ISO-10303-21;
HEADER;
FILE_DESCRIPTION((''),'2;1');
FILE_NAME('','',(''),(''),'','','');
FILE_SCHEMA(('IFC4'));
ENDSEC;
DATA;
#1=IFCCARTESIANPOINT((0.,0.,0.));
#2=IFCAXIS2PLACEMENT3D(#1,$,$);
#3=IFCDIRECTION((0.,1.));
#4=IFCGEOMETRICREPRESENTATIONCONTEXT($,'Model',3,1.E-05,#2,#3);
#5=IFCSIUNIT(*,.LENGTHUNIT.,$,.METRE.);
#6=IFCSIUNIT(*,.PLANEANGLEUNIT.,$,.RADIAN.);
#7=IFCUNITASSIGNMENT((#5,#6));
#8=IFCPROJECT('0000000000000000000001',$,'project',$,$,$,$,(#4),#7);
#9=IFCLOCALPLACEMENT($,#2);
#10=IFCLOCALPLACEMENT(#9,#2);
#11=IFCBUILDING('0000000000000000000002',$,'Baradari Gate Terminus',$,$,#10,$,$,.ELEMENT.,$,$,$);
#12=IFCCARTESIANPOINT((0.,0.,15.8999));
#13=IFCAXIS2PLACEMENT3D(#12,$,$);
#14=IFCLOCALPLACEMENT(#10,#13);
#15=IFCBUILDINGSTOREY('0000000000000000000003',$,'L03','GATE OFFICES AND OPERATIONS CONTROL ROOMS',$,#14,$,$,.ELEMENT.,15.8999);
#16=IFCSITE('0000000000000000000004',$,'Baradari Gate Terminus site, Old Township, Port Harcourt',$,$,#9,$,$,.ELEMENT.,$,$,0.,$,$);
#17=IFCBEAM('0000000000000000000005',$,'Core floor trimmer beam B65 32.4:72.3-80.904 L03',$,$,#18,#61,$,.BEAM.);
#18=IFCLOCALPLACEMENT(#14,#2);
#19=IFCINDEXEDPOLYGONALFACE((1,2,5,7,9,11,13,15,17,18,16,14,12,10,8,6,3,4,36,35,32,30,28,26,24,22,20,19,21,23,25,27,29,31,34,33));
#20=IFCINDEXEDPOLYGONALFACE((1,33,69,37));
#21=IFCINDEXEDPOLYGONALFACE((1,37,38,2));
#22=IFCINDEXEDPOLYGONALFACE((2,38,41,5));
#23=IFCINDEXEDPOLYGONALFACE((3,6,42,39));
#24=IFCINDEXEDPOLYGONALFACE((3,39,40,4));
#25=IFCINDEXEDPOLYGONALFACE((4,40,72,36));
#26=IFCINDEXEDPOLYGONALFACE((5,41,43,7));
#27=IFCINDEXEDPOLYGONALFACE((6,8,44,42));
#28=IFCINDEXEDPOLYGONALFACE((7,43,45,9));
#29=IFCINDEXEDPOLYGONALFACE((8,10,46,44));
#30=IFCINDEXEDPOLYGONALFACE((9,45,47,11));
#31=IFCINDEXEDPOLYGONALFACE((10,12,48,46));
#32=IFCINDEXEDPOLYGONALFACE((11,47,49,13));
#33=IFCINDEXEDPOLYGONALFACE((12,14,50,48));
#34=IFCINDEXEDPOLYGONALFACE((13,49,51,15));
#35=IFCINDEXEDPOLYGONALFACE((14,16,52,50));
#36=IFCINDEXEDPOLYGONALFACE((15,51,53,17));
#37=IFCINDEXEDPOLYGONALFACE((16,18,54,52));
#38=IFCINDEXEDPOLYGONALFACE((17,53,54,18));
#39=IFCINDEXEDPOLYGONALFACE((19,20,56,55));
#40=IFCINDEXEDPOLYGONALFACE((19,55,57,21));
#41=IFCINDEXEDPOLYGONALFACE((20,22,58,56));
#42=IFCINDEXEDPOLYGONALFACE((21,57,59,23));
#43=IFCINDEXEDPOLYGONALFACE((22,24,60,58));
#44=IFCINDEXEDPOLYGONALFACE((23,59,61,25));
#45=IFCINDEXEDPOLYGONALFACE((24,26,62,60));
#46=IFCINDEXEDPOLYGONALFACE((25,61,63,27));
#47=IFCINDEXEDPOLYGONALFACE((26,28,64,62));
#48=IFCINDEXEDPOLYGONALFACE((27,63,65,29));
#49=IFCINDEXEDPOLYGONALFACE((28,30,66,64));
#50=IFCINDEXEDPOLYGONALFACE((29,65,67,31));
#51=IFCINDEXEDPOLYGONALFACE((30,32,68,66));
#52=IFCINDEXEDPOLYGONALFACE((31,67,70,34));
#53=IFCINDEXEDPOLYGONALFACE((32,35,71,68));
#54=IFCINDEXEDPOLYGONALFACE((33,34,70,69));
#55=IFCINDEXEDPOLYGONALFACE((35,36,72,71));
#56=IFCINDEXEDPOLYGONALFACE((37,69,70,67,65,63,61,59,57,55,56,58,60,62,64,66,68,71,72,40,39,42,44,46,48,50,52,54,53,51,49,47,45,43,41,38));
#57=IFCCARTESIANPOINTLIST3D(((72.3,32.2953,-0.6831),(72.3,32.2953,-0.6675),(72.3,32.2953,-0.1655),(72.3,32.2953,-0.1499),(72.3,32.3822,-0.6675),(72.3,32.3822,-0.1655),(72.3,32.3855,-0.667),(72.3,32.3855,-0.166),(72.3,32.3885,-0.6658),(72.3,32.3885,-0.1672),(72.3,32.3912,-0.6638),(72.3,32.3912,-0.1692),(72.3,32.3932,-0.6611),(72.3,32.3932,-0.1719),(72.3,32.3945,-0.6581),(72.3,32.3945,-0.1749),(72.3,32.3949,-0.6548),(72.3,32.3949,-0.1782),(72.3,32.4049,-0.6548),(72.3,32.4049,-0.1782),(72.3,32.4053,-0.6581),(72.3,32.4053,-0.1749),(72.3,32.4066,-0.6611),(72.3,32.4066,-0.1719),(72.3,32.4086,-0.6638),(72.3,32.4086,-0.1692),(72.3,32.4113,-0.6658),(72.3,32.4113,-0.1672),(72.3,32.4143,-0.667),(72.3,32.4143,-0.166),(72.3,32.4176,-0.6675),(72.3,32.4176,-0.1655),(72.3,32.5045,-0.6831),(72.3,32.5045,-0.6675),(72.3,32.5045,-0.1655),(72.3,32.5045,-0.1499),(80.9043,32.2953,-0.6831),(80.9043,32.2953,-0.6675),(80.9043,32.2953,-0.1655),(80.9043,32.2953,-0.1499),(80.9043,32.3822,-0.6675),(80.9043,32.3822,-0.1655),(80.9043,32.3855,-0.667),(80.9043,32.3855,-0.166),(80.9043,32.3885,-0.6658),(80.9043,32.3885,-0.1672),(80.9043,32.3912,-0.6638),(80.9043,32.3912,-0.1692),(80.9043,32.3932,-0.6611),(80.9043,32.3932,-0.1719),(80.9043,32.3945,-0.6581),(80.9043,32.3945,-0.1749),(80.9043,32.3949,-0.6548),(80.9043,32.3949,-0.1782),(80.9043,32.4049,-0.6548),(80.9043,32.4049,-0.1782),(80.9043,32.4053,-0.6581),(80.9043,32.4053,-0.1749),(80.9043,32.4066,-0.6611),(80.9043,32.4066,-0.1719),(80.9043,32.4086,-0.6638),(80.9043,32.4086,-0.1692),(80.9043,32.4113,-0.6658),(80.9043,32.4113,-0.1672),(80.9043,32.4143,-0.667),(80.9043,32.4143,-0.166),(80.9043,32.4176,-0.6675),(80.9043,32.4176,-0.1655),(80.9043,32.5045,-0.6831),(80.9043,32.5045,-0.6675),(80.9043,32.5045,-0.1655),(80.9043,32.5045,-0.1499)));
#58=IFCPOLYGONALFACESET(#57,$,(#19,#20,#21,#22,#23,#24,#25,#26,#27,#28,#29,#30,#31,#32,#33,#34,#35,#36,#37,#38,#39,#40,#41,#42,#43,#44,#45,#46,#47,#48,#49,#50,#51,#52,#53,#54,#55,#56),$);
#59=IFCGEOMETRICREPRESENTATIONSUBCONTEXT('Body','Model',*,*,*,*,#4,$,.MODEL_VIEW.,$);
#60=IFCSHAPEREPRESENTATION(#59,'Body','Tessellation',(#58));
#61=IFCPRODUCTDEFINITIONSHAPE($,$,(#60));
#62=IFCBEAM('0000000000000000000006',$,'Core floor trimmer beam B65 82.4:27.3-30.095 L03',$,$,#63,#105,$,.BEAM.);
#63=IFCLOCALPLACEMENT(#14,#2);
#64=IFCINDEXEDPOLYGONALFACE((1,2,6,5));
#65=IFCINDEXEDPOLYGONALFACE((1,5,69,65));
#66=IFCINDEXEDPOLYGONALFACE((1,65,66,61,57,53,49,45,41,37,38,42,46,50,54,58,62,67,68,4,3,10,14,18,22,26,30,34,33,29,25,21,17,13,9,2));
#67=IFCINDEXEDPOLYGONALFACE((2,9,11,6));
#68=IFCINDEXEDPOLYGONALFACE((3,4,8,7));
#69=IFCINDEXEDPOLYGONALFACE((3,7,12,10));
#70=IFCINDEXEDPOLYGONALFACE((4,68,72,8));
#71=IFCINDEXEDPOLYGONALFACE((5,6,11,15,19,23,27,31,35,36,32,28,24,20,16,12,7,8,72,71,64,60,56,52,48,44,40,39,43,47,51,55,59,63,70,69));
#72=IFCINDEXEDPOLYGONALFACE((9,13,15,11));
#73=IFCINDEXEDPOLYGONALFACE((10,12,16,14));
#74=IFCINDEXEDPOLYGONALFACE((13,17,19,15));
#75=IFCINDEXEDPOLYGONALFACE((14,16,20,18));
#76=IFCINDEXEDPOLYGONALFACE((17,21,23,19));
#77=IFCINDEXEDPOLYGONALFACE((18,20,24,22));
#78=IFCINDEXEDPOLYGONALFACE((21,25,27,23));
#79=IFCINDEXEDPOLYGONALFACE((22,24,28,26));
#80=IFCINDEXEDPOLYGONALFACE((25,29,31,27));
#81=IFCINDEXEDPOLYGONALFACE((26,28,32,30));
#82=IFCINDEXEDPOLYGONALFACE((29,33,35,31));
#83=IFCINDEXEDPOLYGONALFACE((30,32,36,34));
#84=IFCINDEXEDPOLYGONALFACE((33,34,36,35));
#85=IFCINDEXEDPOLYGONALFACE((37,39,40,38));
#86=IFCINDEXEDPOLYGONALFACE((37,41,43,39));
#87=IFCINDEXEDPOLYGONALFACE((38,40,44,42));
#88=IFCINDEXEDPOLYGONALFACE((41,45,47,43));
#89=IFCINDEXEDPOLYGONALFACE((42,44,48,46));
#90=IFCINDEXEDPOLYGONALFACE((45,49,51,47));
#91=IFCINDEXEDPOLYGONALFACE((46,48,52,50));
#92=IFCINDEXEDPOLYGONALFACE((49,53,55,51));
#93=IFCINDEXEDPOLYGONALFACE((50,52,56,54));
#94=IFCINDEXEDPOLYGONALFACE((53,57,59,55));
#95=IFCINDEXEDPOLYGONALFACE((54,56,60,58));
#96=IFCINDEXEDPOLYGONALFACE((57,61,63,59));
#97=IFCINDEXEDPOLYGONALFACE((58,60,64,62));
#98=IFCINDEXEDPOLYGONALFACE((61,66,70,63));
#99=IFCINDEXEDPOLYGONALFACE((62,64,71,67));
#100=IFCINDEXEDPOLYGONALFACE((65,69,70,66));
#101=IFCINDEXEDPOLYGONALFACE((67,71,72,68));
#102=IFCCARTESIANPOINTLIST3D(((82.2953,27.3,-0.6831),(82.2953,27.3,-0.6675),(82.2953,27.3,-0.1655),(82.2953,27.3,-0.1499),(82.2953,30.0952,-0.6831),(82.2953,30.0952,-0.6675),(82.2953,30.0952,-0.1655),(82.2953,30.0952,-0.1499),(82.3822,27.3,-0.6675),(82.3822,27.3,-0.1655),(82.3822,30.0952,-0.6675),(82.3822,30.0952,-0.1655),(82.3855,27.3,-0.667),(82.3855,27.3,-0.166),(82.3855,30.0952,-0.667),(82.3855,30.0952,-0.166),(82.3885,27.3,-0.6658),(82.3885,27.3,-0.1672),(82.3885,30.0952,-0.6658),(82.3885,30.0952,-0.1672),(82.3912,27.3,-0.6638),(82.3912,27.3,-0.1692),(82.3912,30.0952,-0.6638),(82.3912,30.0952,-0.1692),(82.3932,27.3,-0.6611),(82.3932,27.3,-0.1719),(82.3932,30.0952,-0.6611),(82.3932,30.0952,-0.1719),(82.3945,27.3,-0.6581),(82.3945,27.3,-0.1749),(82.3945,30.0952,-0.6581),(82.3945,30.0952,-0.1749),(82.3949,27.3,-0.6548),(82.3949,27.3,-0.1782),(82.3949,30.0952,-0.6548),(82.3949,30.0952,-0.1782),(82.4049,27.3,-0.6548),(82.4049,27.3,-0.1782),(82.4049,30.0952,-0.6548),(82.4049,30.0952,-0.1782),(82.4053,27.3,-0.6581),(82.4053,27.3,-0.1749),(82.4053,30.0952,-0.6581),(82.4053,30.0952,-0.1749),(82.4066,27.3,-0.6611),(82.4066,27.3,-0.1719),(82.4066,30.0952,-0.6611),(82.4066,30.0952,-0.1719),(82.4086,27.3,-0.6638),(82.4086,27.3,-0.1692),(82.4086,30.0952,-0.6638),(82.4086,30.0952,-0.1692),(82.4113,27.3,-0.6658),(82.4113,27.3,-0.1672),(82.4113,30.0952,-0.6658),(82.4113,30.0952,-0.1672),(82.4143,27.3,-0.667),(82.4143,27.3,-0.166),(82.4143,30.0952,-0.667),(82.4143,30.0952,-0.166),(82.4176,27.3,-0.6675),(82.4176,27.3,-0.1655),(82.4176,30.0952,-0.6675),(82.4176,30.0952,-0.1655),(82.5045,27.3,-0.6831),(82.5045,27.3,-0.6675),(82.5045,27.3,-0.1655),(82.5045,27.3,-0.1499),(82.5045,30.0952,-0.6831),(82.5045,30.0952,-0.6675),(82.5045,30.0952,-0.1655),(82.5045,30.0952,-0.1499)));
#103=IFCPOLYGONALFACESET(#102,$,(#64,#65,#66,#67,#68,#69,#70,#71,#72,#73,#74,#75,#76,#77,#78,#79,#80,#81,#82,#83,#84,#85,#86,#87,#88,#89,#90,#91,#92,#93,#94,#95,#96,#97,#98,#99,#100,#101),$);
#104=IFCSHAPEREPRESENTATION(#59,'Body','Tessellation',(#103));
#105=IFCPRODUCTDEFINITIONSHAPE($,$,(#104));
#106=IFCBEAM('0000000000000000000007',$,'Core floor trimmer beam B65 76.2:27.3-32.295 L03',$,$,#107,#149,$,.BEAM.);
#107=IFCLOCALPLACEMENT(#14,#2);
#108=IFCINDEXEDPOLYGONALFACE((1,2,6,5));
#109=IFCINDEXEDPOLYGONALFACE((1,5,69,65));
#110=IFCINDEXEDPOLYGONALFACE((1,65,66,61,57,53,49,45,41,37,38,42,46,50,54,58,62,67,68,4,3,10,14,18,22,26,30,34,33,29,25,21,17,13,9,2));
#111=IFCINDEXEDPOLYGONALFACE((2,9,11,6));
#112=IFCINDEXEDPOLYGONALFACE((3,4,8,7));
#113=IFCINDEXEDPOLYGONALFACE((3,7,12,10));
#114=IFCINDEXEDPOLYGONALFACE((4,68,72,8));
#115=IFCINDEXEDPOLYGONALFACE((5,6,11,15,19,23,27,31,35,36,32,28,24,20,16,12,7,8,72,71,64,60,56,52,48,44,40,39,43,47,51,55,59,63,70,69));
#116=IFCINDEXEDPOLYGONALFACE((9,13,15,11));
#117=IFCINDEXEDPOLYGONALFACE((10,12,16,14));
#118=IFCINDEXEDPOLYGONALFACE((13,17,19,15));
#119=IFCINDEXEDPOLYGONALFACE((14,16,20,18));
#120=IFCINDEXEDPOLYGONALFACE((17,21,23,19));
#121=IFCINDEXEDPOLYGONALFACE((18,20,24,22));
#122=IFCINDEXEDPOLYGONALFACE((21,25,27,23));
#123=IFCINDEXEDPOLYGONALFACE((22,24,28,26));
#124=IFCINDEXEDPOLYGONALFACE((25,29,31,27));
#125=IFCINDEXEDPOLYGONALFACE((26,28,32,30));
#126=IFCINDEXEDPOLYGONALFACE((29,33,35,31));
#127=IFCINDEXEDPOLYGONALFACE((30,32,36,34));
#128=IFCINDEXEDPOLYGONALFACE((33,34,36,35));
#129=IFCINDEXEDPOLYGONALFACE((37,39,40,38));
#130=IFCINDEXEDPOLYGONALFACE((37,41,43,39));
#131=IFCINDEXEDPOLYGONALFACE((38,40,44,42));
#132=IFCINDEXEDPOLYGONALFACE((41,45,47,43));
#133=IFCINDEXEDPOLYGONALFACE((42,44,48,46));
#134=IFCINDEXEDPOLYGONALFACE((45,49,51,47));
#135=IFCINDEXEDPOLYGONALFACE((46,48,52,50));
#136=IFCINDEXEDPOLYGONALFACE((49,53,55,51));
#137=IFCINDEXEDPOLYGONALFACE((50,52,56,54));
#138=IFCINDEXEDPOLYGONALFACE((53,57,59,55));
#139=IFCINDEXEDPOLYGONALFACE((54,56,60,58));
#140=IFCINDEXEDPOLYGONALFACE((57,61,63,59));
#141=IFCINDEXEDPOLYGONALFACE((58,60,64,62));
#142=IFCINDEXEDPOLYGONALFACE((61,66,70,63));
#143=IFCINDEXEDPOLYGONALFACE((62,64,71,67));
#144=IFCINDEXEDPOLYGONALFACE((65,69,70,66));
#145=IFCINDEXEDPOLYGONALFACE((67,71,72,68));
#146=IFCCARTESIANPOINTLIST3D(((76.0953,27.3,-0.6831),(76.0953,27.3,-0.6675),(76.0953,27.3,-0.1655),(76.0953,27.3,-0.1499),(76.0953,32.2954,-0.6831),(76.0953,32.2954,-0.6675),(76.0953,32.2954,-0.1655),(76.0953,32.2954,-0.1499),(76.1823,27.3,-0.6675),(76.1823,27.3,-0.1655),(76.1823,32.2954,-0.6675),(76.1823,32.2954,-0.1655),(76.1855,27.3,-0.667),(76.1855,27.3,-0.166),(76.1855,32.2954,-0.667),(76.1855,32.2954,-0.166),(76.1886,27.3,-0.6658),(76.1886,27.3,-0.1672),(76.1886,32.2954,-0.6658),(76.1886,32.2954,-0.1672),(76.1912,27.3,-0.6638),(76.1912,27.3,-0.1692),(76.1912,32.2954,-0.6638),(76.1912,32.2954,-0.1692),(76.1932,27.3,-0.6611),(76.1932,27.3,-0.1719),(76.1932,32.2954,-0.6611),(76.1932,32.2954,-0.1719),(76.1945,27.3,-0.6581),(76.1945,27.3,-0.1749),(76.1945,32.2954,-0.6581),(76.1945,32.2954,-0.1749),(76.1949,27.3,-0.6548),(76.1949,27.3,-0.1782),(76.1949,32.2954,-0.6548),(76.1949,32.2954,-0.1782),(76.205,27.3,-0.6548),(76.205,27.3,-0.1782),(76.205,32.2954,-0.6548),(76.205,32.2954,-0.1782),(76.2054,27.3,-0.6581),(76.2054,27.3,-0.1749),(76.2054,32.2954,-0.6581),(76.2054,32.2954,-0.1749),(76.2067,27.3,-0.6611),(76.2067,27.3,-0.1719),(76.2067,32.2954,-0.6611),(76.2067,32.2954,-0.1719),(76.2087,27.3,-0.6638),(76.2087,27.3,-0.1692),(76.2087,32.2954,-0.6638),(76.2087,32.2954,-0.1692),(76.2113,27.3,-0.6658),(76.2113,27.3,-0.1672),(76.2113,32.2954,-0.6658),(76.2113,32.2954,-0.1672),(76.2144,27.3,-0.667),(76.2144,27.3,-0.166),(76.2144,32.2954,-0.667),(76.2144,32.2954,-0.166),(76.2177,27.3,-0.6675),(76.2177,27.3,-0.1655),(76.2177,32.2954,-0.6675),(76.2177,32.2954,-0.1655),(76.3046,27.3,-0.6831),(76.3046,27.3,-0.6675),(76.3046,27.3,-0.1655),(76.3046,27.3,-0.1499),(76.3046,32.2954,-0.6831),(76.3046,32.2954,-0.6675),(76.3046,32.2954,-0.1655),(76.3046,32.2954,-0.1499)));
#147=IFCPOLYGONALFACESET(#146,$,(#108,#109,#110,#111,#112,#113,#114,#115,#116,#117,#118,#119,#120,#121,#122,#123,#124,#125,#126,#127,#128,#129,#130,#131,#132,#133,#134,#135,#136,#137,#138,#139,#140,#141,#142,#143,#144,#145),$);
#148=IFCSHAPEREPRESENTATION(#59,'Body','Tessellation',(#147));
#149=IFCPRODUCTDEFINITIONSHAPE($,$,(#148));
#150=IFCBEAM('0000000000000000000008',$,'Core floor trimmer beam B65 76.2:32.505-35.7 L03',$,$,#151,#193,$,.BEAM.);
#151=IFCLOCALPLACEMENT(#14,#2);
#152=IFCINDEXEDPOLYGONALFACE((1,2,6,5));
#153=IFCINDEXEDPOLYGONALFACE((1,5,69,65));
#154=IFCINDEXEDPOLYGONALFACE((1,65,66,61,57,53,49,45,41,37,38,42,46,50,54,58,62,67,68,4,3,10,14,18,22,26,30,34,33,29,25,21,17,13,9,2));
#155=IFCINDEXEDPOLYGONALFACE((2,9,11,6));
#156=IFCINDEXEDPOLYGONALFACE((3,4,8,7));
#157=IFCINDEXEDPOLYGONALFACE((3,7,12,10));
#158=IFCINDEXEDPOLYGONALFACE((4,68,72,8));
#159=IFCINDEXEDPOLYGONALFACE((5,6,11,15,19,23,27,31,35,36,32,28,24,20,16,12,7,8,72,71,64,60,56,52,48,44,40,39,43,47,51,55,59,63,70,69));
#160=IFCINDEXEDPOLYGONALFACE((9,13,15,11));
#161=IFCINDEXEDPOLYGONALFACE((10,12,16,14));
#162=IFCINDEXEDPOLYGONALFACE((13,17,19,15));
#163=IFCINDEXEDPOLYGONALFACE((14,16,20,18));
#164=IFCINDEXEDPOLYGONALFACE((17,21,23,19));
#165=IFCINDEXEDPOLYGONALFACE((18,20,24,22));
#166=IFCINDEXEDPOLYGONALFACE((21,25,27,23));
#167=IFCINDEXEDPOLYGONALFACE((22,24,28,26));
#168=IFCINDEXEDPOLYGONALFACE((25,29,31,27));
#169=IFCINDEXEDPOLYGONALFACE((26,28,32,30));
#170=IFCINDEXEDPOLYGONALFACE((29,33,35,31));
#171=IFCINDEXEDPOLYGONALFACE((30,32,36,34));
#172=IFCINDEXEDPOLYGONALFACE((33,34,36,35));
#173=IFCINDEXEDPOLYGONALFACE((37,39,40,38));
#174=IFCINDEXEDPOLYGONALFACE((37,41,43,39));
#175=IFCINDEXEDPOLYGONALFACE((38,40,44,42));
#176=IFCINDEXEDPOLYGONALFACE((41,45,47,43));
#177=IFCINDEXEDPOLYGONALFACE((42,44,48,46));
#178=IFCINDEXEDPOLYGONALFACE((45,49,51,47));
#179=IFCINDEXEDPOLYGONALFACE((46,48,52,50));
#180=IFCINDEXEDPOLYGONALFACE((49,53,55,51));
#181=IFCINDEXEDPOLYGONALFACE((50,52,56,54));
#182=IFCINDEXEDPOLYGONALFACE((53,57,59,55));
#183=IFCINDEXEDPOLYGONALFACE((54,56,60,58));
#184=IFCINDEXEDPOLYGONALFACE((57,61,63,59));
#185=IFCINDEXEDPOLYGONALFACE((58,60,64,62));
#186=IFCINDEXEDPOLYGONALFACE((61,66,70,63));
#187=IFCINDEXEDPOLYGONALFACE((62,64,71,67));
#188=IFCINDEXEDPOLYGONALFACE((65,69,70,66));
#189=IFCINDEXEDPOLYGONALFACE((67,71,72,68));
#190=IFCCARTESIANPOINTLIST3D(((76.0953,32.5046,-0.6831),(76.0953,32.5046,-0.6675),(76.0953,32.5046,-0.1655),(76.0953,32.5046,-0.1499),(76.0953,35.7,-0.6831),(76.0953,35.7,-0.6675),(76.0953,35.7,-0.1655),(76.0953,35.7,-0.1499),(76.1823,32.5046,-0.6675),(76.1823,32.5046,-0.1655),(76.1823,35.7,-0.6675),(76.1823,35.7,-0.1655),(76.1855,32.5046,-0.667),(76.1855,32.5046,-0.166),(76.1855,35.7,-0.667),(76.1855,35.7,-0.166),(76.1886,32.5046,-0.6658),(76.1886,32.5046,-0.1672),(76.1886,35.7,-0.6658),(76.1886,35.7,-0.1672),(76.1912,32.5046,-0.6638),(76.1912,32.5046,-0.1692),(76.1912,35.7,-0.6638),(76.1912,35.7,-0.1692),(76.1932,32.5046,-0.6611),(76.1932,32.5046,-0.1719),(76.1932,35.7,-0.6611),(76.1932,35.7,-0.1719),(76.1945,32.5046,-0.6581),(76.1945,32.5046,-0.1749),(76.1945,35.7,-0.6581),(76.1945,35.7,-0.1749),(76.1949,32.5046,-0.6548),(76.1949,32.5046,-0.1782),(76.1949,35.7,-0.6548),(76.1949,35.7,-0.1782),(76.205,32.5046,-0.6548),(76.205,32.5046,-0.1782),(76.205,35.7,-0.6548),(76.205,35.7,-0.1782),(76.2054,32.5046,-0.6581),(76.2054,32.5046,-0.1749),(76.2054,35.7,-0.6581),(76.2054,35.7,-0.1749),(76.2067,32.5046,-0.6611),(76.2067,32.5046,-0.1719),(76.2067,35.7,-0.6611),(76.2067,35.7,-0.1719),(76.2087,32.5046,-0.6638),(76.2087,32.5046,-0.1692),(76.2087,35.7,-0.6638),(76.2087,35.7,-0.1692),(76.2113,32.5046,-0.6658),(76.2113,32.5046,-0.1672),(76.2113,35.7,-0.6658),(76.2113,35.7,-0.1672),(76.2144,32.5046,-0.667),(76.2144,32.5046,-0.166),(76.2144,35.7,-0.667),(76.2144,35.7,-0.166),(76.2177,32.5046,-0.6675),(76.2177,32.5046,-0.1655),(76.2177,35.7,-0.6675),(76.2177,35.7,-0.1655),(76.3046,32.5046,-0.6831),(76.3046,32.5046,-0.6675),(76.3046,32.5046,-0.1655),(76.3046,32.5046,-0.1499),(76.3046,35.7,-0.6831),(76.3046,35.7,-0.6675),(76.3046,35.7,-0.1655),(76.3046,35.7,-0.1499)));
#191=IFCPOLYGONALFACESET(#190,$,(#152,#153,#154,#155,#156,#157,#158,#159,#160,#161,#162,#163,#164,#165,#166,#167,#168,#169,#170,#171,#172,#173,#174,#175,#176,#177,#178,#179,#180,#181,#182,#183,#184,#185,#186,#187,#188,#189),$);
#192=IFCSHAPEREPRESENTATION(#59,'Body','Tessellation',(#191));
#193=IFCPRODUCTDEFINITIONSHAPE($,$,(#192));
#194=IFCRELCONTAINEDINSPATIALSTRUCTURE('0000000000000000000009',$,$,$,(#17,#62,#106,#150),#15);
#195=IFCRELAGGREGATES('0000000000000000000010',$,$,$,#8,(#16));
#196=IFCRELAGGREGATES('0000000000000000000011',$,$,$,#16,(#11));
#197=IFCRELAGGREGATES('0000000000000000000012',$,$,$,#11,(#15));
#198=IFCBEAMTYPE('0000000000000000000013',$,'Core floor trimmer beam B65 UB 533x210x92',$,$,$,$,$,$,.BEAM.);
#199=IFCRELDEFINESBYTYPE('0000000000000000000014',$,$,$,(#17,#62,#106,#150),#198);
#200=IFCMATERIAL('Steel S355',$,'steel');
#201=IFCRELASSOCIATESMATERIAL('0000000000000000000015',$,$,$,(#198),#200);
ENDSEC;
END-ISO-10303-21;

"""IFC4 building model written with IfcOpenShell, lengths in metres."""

from ifc_helpers import new_model, si_unit, direction, frame, origin, origin_2d, place, context, subcontext, project, spatial, i_section, extrude, material, material_profile, profile_set, type_object, element, save


model = new_model("IFC4")

# Units and contexts
model_context = context("Model", 3, precision=1e-05, world=origin(), true_north=direction((0.0, 1.0)))
body_context = subcontext(model_context, "Body", "Model", "MODEL_VIEW")
ifc_project = project(units=[si_unit("LENGTHUNIT", "METRE"), si_unit("PLANEANGLEUNIT", "RADIAN")], contexts=[model_context])

# Site, building, storey
site_placement = place(None, origin())
site = spatial("IfcSite", under=ifc_project, at=site_placement, Name="Baradari Gate Terminus site, Old Township, Port Harcourt", CompositionType="ELEMENT", RefElevation=0.0)
building_placement = place(site_placement, origin())
building = spatial("IfcBuilding", under=site, at=building_placement, Name="Baradari Gate Terminus", CompositionType="ELEMENT")
storey_placement = place(building_placement, frame((0.0, 0.0, 15.8999)))
storey = spatial("IfcBuildingStorey", under=building, at=storey_placement, Name="L03", Description="GATE OFFICES AND OPERATIONS CONTROL ROOMS", CompositionType="ELEMENT", Elevation=15.8999)

# Beams
ifc_material_1 = material(Name="Steel S355", Category="steel")
ifc_material_profile_1 = material_profile(ifc_material_1, i_section(OverallWidth=0.2092, OverallDepth=0.5332, WebThickness=0.01, FlangeThickness=0.0156, FilletRadius=0.0127, at=origin_2d()), Name="UB 533x210x92")
ifc_profile_set_1 = profile_set([ifc_material_profile_1], Name="Steel S355")
beam_type_1 = type_object("IfcBeamType", Name="Core floor trimmer beam B65 UB 533x210x92", PredefinedType="BEAM", material=ifc_profile_set_1)
beam_1_placement = place(storey_placement, frame((72.3, 32.3999, -0.4165), z_axis=(1.0, 0.0, 0.0), x_axis=(0.0, 1.0, 0.0)))
element("IfcBeam", 1, at=beam_1_placement, inside=storey, type_object=beam_type_1, Name="Core floor trimmer beam B65 32.4:72.3-80.904 L03", PredefinedType="BEAM", context=body_context, shape_type="SweptSolid", body=[
    extrude(i_section(OverallWidth=0.2092, OverallDepth=0.5332, WebThickness=0.01, FlangeThickness=0.0156, FilletRadius=0.0127, at=origin_2d()), origin(), (0.0, 0.0, 1.0), 8.6042),
])
beam_2_placement = place(storey_placement, frame((82.3999, 27.3, -0.4165), z_axis=(0.0, 1.0, 0.0), x_axis=(-1.0, 0.0, 0.0)))
element("IfcBeam", 2, at=beam_2_placement, inside=storey, type_object=beam_type_1, Name="Core floor trimmer beam B65 82.4:27.3-30.095 L03", PredefinedType="BEAM", context=body_context, shape_type="SweptSolid", body=[
    extrude(i_section(OverallWidth=0.2092, OverallDepth=0.5332, WebThickness=0.01, FlangeThickness=0.0156, FilletRadius=0.0127, at=origin_2d()), origin(), (0.0, 0.0, 1.0), 2.7952),
])
beam_3_placement = place(storey_placement, frame((76.2, 27.3, -0.4165), z_axis=(0.0, 1.0, 0.0), x_axis=(-1.0, 0.0, 0.0)))
element("IfcBeam", 3, at=beam_3_placement, inside=storey, type_object=beam_type_1, Name="Core floor trimmer beam B65 76.2:27.3-32.295 L03", PredefinedType="BEAM", context=body_context, shape_type="SweptSolid", body=[
    extrude(i_section(OverallWidth=0.2092, OverallDepth=0.5332, WebThickness=0.01, FlangeThickness=0.0156, FilletRadius=0.0127, at=origin_2d()), origin(), (0.0, 0.0, 1.0), 4.9954),
])
beam_4_placement = place(storey_placement, frame((76.2, 32.5046, -0.4165), z_axis=(0.0, 1.0, 0.0), x_axis=(-1.0, 0.0, 0.0)))
element("IfcBeam", 4, at=beam_4_placement, inside=storey, type_object=beam_type_1, Name="Core floor trimmer beam B65 76.2:32.505-35.7 L03", PredefinedType="BEAM", context=body_context, shape_type="SweptSolid", body=[
    extrude(i_section(OverallWidth=0.2092, OverallDepth=0.5332, WebThickness=0.01, FlangeThickness=0.0156, FilletRadius=0.0127, at=origin_2d()), origin(), (0.0, 0.0, 1.0), 3.1953),
])

save(model, "model.ifc")
